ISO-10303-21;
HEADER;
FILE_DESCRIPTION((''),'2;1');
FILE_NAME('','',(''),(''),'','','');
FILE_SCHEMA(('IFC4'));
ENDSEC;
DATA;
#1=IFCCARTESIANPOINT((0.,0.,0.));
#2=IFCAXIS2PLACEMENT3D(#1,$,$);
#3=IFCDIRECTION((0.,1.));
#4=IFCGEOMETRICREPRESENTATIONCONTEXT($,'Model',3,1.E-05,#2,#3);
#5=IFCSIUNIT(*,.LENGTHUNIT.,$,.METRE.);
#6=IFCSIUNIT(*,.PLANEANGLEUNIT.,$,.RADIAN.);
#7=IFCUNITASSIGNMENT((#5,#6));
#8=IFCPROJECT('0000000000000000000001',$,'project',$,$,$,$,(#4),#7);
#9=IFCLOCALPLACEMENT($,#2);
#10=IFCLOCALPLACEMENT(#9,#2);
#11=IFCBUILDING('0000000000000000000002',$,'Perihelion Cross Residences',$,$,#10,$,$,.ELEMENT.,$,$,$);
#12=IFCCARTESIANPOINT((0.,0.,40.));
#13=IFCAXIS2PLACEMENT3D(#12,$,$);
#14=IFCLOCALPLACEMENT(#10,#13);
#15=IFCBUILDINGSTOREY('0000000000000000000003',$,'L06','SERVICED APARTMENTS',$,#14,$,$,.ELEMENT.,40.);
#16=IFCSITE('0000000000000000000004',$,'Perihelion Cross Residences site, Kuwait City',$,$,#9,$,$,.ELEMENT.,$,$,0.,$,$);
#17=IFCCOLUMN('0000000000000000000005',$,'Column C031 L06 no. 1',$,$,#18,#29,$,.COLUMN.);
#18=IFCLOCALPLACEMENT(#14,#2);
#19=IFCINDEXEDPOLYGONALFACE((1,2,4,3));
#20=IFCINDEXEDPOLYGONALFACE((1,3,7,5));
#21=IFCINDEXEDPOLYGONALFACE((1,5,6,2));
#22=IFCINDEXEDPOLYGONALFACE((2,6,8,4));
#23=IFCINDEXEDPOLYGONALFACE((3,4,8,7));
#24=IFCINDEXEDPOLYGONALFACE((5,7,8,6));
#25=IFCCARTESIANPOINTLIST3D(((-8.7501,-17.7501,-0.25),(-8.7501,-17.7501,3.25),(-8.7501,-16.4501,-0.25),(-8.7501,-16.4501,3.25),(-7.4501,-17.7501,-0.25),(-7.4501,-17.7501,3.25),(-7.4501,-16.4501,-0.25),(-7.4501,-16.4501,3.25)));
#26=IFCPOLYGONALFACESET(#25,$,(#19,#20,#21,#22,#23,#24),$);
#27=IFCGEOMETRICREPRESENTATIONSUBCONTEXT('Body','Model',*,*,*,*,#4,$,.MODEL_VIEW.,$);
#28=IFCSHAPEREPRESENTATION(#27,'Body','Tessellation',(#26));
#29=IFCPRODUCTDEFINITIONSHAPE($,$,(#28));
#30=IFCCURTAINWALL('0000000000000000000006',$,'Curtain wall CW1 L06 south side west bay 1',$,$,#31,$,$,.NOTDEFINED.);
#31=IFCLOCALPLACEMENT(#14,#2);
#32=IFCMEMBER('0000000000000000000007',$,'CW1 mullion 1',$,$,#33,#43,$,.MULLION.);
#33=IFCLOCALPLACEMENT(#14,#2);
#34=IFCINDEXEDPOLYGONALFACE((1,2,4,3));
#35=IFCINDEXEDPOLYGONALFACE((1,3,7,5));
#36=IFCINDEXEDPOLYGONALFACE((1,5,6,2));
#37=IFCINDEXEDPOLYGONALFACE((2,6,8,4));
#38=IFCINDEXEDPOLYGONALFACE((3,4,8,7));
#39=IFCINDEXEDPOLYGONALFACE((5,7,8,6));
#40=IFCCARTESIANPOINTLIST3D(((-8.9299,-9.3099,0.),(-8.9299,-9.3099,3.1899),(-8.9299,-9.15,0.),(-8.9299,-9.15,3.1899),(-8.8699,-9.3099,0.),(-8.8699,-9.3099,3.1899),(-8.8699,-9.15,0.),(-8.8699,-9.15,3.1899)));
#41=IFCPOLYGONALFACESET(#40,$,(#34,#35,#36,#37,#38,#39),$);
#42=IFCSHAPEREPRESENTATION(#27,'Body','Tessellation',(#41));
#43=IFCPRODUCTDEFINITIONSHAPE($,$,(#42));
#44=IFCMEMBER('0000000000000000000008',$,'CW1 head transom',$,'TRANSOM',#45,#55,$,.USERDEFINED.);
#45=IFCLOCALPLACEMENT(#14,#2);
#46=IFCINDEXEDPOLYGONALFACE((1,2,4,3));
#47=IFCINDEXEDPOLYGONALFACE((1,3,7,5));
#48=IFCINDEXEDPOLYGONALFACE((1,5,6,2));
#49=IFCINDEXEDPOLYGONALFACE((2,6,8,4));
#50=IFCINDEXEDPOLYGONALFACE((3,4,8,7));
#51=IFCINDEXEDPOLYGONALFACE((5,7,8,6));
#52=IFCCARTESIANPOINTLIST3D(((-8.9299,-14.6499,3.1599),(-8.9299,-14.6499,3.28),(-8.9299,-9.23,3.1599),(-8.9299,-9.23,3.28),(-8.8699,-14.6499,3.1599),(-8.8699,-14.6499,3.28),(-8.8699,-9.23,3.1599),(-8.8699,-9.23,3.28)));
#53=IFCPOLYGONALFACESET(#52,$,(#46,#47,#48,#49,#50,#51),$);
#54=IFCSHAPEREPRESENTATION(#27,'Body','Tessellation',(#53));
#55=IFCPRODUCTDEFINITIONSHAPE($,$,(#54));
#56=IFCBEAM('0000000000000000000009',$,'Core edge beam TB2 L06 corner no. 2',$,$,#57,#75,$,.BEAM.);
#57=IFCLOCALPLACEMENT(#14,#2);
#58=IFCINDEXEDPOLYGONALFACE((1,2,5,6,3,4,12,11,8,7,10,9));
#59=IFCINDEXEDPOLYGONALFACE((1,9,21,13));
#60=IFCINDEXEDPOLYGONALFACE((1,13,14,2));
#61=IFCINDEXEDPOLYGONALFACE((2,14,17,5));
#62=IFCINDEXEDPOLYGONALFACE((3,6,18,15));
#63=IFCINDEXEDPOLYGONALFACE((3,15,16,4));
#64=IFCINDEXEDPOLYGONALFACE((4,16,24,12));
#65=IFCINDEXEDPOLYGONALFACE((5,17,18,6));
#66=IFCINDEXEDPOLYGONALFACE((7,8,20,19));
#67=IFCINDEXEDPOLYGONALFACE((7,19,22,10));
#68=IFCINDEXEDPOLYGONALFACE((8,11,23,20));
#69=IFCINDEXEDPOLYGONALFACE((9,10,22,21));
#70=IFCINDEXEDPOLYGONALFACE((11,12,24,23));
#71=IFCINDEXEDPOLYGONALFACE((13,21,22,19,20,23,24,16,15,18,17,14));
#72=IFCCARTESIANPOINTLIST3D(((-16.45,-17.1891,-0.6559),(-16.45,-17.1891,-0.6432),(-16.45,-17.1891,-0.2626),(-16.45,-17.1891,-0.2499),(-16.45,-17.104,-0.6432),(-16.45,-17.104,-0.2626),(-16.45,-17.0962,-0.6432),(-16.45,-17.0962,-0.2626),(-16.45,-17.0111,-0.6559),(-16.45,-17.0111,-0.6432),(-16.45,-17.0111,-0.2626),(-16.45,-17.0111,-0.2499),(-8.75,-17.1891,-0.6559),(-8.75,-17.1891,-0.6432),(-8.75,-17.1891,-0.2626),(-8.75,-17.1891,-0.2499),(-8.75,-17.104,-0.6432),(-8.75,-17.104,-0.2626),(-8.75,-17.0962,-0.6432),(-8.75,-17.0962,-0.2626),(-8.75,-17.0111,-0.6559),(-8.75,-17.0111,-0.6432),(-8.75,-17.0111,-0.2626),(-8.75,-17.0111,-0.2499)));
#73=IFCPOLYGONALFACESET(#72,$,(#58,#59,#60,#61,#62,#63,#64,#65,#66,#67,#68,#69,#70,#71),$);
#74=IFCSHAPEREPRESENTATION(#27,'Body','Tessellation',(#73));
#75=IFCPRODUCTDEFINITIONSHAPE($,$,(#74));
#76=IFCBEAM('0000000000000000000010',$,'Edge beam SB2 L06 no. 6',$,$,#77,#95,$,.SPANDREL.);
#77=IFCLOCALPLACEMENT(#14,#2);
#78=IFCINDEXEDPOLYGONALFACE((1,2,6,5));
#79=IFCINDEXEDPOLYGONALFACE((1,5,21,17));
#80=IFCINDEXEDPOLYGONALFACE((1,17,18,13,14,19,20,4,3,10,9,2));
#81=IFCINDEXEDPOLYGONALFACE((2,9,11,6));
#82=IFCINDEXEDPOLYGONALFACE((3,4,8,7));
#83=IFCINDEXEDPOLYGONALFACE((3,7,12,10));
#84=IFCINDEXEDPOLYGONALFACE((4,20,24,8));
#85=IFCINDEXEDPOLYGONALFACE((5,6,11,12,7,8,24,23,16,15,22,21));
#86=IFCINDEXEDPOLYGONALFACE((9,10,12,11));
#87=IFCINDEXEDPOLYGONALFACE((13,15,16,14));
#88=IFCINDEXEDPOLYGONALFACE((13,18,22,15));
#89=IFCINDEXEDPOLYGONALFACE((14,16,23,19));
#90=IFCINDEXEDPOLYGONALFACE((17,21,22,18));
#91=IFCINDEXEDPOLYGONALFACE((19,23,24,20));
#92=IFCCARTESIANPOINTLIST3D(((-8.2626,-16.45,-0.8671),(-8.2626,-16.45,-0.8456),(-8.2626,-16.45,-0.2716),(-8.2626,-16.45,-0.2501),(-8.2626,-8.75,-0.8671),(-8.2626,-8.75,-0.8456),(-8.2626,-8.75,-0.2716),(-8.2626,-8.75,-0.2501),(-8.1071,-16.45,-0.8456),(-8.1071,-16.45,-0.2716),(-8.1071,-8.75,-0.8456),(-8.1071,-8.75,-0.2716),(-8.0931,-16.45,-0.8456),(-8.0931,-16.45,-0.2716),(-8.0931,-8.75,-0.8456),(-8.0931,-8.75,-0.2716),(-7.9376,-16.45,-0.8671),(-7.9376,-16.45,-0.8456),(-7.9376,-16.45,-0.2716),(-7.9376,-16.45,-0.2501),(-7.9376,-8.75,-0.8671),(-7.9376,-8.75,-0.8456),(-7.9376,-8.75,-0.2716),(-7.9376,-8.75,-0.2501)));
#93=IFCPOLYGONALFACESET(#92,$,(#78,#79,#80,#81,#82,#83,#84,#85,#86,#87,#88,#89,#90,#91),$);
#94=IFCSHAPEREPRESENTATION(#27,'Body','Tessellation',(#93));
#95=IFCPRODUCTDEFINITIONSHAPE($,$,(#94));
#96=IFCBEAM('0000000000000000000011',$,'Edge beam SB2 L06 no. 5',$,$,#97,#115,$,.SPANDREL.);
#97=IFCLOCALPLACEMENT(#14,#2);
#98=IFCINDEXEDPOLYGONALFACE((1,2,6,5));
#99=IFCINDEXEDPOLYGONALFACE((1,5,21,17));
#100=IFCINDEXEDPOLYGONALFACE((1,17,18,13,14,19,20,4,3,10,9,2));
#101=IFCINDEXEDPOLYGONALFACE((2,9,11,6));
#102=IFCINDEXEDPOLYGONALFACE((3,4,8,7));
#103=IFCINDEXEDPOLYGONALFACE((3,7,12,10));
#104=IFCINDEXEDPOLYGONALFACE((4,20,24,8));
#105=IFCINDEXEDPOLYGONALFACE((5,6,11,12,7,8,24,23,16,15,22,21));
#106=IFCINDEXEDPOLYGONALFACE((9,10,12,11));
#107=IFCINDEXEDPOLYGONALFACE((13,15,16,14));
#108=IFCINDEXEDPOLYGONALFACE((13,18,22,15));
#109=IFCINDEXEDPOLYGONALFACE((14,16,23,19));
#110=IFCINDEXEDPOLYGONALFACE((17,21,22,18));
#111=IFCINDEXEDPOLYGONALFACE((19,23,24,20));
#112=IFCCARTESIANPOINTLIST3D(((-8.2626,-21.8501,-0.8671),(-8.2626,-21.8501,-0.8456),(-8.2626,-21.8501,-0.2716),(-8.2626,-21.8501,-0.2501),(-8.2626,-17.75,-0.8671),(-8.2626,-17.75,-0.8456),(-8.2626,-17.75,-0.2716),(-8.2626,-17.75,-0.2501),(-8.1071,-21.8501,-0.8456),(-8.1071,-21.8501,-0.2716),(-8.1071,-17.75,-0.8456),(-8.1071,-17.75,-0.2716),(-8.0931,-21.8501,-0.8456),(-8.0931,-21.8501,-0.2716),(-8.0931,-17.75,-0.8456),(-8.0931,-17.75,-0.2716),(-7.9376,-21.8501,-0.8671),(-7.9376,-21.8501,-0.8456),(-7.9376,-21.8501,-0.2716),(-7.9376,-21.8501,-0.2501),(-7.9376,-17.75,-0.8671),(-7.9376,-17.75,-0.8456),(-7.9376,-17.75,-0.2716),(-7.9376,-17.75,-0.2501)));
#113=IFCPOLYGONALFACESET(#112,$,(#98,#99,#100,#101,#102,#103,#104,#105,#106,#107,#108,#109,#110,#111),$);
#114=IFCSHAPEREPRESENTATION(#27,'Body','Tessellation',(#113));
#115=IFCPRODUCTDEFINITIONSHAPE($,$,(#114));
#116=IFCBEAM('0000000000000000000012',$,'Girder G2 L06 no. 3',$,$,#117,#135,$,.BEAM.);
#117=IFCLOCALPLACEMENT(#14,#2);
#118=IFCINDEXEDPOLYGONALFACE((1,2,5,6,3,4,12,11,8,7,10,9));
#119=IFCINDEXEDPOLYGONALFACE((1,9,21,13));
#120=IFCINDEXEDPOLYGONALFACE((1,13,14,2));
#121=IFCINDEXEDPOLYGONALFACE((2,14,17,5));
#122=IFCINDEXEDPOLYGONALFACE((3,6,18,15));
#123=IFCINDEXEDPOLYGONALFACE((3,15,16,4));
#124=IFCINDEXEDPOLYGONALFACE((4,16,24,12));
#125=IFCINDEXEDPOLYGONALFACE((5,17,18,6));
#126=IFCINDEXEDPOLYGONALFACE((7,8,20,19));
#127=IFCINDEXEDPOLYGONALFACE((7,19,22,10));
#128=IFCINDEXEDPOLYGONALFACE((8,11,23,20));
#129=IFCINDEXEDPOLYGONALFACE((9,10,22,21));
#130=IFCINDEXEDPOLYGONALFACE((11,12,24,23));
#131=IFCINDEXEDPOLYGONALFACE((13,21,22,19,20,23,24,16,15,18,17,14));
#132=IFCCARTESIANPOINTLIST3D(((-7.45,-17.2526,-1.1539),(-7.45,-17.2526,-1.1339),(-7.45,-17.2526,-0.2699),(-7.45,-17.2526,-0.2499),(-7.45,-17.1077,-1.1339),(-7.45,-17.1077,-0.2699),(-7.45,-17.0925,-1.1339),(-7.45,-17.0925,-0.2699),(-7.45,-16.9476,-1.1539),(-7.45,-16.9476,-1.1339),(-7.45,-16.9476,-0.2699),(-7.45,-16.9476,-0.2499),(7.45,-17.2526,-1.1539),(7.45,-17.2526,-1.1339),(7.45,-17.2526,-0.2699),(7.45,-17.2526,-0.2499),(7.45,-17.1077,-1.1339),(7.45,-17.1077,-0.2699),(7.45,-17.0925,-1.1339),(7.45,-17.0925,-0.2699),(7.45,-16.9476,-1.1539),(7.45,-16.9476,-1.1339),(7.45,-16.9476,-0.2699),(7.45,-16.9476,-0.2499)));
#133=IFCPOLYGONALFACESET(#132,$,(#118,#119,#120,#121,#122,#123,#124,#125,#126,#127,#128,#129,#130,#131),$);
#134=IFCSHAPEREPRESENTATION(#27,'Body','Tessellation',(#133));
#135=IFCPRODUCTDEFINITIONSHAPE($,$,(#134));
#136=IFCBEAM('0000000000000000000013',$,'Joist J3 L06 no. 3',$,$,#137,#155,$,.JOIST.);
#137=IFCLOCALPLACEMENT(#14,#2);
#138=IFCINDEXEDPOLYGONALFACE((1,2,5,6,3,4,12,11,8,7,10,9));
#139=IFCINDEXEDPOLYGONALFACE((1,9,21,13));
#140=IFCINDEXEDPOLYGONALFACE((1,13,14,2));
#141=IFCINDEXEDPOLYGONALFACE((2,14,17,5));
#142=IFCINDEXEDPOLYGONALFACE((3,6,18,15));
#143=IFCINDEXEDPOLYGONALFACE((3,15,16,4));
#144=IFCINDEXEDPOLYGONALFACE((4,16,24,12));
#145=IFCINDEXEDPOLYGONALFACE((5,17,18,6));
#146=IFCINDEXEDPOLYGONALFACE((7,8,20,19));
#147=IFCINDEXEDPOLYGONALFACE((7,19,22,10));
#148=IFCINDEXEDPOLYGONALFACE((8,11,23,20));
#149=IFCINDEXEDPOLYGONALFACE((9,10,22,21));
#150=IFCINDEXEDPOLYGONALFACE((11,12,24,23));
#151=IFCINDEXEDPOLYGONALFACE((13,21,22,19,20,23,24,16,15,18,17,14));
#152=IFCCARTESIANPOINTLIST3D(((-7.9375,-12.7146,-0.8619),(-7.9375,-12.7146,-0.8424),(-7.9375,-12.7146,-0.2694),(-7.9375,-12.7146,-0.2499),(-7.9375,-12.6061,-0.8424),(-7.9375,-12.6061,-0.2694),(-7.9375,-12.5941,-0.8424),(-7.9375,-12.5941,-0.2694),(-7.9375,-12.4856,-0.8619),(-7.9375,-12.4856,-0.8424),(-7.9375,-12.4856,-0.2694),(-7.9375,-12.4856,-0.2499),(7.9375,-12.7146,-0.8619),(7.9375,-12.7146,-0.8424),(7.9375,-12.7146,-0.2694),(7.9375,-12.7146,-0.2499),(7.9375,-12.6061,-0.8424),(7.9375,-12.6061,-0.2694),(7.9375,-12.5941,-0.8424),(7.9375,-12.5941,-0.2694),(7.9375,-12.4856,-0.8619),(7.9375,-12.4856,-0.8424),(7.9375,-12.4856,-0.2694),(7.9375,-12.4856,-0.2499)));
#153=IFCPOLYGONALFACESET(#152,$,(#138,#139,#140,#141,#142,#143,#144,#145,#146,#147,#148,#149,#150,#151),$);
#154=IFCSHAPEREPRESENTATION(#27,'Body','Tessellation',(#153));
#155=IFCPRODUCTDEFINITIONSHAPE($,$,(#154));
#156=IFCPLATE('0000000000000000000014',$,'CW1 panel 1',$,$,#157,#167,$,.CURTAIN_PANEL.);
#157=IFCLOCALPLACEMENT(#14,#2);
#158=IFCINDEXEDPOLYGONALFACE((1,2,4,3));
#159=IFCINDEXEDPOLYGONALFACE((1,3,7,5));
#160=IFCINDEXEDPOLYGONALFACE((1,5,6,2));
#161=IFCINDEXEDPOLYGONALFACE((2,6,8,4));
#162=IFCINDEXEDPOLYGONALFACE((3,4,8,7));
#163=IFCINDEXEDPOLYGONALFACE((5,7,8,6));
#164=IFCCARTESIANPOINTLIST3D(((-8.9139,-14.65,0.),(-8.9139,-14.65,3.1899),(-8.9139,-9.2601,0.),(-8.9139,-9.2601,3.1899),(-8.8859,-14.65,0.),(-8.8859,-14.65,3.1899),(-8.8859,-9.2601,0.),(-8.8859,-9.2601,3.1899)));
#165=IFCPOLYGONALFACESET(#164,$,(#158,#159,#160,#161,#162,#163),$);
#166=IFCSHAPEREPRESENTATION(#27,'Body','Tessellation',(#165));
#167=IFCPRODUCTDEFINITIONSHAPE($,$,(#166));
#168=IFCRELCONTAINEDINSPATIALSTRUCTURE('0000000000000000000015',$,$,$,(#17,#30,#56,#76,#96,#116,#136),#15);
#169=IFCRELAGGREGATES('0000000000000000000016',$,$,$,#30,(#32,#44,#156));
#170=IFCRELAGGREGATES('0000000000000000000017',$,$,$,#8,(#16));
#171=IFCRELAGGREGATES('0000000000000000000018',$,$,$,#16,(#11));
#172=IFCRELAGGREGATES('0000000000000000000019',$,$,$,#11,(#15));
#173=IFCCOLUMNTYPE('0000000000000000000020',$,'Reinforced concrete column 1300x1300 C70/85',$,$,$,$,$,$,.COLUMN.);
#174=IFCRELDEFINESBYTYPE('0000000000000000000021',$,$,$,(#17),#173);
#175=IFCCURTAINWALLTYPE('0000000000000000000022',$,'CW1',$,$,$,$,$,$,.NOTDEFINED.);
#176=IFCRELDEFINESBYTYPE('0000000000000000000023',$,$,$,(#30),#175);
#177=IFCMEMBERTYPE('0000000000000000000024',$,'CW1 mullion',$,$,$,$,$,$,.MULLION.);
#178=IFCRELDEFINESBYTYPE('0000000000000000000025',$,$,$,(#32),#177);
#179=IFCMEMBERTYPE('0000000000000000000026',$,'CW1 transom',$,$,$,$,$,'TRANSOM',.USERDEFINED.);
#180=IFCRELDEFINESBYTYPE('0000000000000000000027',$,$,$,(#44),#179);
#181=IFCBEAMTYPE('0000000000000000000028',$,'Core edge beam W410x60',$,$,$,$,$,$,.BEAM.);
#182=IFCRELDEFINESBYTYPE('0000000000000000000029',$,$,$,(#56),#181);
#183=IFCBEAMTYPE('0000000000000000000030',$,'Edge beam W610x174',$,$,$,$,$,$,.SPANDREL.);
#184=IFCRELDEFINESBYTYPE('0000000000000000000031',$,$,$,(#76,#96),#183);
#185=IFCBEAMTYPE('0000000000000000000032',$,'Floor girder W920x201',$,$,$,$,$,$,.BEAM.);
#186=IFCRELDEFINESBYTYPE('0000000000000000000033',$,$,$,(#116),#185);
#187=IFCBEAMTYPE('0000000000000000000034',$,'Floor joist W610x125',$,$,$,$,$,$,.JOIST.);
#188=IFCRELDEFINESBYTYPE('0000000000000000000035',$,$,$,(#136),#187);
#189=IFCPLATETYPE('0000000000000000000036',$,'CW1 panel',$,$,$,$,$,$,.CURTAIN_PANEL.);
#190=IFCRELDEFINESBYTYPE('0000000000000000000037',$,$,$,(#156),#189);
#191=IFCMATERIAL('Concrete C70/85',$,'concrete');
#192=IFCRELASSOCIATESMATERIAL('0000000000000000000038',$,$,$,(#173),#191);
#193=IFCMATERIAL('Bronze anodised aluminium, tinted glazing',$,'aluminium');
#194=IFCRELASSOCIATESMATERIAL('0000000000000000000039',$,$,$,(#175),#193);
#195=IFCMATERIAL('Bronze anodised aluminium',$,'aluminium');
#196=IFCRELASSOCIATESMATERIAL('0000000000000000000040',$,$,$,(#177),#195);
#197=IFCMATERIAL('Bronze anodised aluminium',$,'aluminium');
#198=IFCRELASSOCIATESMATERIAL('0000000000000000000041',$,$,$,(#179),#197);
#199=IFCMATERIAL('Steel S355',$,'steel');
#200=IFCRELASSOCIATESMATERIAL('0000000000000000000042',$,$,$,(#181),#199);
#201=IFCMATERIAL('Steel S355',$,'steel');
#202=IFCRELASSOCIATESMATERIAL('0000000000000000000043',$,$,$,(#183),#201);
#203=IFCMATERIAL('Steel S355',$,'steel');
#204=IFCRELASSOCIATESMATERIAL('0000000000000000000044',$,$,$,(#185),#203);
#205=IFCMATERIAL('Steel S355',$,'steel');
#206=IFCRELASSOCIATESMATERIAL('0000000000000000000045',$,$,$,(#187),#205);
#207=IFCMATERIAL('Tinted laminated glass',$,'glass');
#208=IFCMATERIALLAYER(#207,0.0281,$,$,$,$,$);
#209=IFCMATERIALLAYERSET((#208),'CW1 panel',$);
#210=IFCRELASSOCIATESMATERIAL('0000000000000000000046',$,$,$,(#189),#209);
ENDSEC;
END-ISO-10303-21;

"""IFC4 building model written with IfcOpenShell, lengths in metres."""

from ifc_helpers import new_model, si_unit, direction, frame, origin, origin_2d, place, context, subcontext, project, spatial, rectangle, i_section, extrude, material, layer, layer_set, material_profile, profile_set, type_object, element, aggregate, save


model = new_model("IFC4")

# Units and contexts
model_context = context("Model", 3, precision=1e-05, world=origin(), true_north=direction((0.0, 1.0)))
body_context = subcontext(model_context, "Body", "Model", "MODEL_VIEW")
ifc_project = project(units=[si_unit("LENGTHUNIT", "METRE"), si_unit("PLANEANGLEUNIT", "RADIAN")], contexts=[model_context])

# Site, building, storey
site_placement = place(None, origin())
site = spatial("IfcSite", under=ifc_project, at=site_placement, Name="Perihelion Cross Residences site, Kuwait City", CompositionType="ELEMENT", RefElevation=0.0)
building_placement = place(site_placement, origin())
building = spatial("IfcBuilding", under=site, at=building_placement, Name="Perihelion Cross Residences", CompositionType="ELEMENT")
storey_placement = place(building_placement, frame((0.0, 0.0, 40.0)))
storey = spatial("IfcBuildingStorey", under=building, at=storey_placement, Name="L06", Description="SERVICED APARTMENTS", CompositionType="ELEMENT", Elevation=40.0)

# Column
ifc_material_1 = material(Name="Concrete C70/85", Category="concrete")
ifc_material_profile_1 = material_profile(ifc_material_1, rectangle(XDim=1.3, YDim=1.3, at=origin_2d()), Name="RC 1300x1300")
ifc_profile_set_1 = profile_set([ifc_material_profile_1], Name="Concrete C70/85")
column_type = type_object("IfcColumnType", Name="Reinforced concrete column 1300x1300 C70/85", PredefinedType="COLUMN", material=ifc_profile_set_1)
column_placement = place(storey_placement, frame((-8.1001, -17.1001, -0.25), z_axis=(0.0, 0.0, 1.0), x_axis=(1.0, 0.0, 0.0)))
element("IfcColumn", 1, at=column_placement, inside=storey, type_object=column_type, Name="Column C031 L06 no. 1", PredefinedType="COLUMN", context=body_context, shape_type="SweptSolid", body=[
    extrude(rectangle(XDim=1.3, YDim=1.3, at=origin_2d()), origin(), (0.0, 0.0, 1.0), 3.5),
])

# Curtain wall, members
ifc_material_2 = material(Name="Bronze anodised aluminium, tinted glazing", Category="aluminium")
curtain_wall_type = type_object("IfcCurtainWallType", Name="CW1", PredefinedType="NOTDEFINED", material=ifc_material_2)
curtain_wall_placement = place(storey_placement, origin())
curtain_wall = element("IfcCurtainWall", 2, at=curtain_wall_placement, inside=storey, type_object=curtain_wall_type, Name="Curtain wall CW1 L06 south side west bay 1", PredefinedType="NOTDEFINED")
ifc_material_3 = material(Name="Bronze anodised aluminium", Category="aluminium")
ifc_material_profile_2 = material_profile(ifc_material_3, rectangle(XDim=0.0601, YDim=0.1599, at=origin_2d()), Name="CW1 mullion")
ifc_profile_set_2 = profile_set([ifc_material_profile_2], Name="Bronze anodised aluminium")
member_type_1 = type_object("IfcMemberType", Name="CW1 mullion", PredefinedType="MULLION", material=ifc_profile_set_2)
member_1_placement = place(storey_placement, frame((-8.8999, -9.23, 0.0), z_axis=(0.0, 0.0, 1.0), x_axis=(1.0, 0.0, 0.0)))
member_1 = element("IfcMember", 3, at=member_1_placement, type_object=member_type_1, Name="CW1 mullion 1", PredefinedType="MULLION", context=body_context, shape_type="SweptSolid", body=[
    extrude(rectangle(XDim=0.0601, YDim=0.1599, at=origin_2d()), origin(), (0.0, 0.0, 1.0), 3.1899),
])
ifc_material_4 = material(Name="Bronze anodised aluminium", Category="aluminium")
ifc_material_profile_3 = material_profile(ifc_material_4, rectangle(XDim=0.0601, YDim=0.1201, at=origin_2d()), Name="CW1 transom")
ifc_profile_set_3 = profile_set([ifc_material_profile_3], Name="Bronze anodised aluminium")
member_type_2 = type_object("IfcMemberType", Name="CW1 transom", ElementType="TRANSOM", PredefinedType="USERDEFINED", material=ifc_profile_set_3)
member_2_placement = place(storey_placement, frame((-8.8999, -9.23, 3.22), z_axis=(0.0, -1.0, 0.0), x_axis=(1.0, 0.0, 0.0)))
member_2 = element("IfcMember", 4, at=member_2_placement, type_object=member_type_2, Name="CW1 head transom", ObjectType="TRANSOM", PredefinedType="USERDEFINED", context=body_context, shape_type="SweptSolid", body=[
    extrude(rectangle(XDim=0.0601, YDim=0.1201, at=origin_2d()), origin(), (0.0, 0.0, 1.0), 5.4199),
])

# Beams
ifc_material_5 = material(Name="Steel S355", Category="steel")
ifc_material_profile_4 = material_profile(ifc_material_5, i_section(OverallWidth=0.178, OverallDepth=0.406, WebThickness=0.0078, FlangeThickness=0.0127, at=origin_2d()), Name="W410x60")
ifc_profile_set_4 = profile_set([ifc_material_profile_4], Name="Steel S355")
beam_type_1 = type_object("IfcBeamType", Name="Core edge beam W410x60", PredefinedType="BEAM", material=ifc_profile_set_4)
beam_1_placement = place(storey_placement, frame((-8.75, -17.1001, -0.4529), z_axis=(-1.0, 0.0, 0.0), x_axis=(0.0, -1.0, 0.0)))
element("IfcBeam", 5, at=beam_1_placement, inside=storey, type_object=beam_type_1, Name="Core edge beam TB2 L06 corner no. 2", PredefinedType="BEAM", context=body_context, shape_type="SweptSolid", body=[
    extrude(i_section(OverallWidth=0.178, OverallDepth=0.406, WebThickness=0.0078, FlangeThickness=0.0127, at=origin_2d()), origin(), (0.0, 0.0, 1.0), 7.7),
])
ifc_material_6 = material(Name="Steel S355", Category="steel")
ifc_material_profile_5 = material_profile(ifc_material_6, i_section(OverallWidth=0.325, OverallDepth=0.6169, WebThickness=0.0139, FlangeThickness=0.0215, at=origin_2d()), Name="W610x174")
ifc_profile_set_5 = profile_set([ifc_material_profile_5], Name="Steel S355")
beam_type_2 = type_object("IfcBeamType", Name="Edge beam W610x174", PredefinedType="SPANDREL", material=ifc_profile_set_5)
beam_2_placement = place(storey_placement, frame((-8.1001, -8.75, -0.5586), z_axis=(0.0, -1.0, 0.0), x_axis=(1.0, 0.0, 0.0)))
element("IfcBeam", 6, at=beam_2_placement, inside=storey, type_object=beam_type_2, Name="Edge beam SB2 L06 no. 6", PredefinedType="SPANDREL", context=body_context, shape_type="SweptSolid", body=[
    extrude(i_section(OverallWidth=0.325, OverallDepth=0.6169, WebThickness=0.0139, FlangeThickness=0.0215, at=origin_2d()), origin(), (0.0, 0.0, 1.0), 7.7),
])
beam_3_placement = place(storey_placement, frame((-8.1001, -17.75, -0.5586), z_axis=(0.0, -1.0, 0.0), x_axis=(1.0, 0.0, 0.0)))
element("IfcBeam", 7, at=beam_3_placement, inside=storey, type_object=beam_type_2, Name="Edge beam SB2 L06 no. 5", PredefinedType="SPANDREL", context=body_context, shape_type="SweptSolid", body=[
    extrude(i_section(OverallWidth=0.325, OverallDepth=0.6169, WebThickness=0.0139, FlangeThickness=0.0215, at=origin_2d()), origin(), (0.0, 0.0, 1.0), 4.1001),
])
ifc_material_7 = material(Name="Steel S355", Category="steel")
ifc_material_profile_6 = material_profile(ifc_material_7, i_section(OverallWidth=0.3049, OverallDepth=0.9041, WebThickness=0.0151, FlangeThickness=0.02, at=origin_2d()), Name="W920x201")
ifc_profile_set_6 = profile_set([ifc_material_profile_6], Name="Steel S355")
beam_type_3 = type_object("IfcBeamType", Name="Floor girder W920x201", PredefinedType="BEAM", material=ifc_profile_set_6)
beam_4_placement = place(storey_placement, frame((-7.45, -17.1001, -0.7019), z_axis=(1.0, 0.0, 0.0), x_axis=(0.0, 1.0, 0.0)))
element("IfcBeam", 8, at=beam_4_placement, inside=storey, type_object=beam_type_3, Name="Girder G2 L06 no. 3", PredefinedType="BEAM", context=body_context, shape_type="SweptSolid", body=[
    extrude(i_section(OverallWidth=0.3049, OverallDepth=0.9041, WebThickness=0.0151, FlangeThickness=0.02, at=origin_2d()), origin(), (0.0, 0.0, 1.0), 14.8999),
])
ifc_material_8 = material(Name="Steel S355", Category="steel")
ifc_material_profile_7 = material_profile(ifc_material_8, i_section(OverallWidth=0.229, OverallDepth=0.6121, WebThickness=0.012, FlangeThickness=0.0195, at=origin_2d()), Name="W610x125")
ifc_profile_set_7 = profile_set([ifc_material_profile_7], Name="Steel S355")
beam_type_4 = type_object("IfcBeamType", Name="Floor joist W610x125", PredefinedType="JOIST", material=ifc_profile_set_7)
beam_5_placement = place(storey_placement, frame((-7.9375, -12.6001, -0.5559), z_axis=(1.0, 0.0, 0.0), x_axis=(0.0, 1.0, 0.0)))
element("IfcBeam", 9, at=beam_5_placement, inside=storey, type_object=beam_type_4, Name="Joist J3 L06 no. 3", PredefinedType="JOIST", context=body_context, shape_type="SweptSolid", body=[
    extrude(i_section(OverallWidth=0.229, OverallDepth=0.6121, WebThickness=0.012, FlangeThickness=0.0195, at=origin_2d()), origin(), (0.0, 0.0, 1.0), 15.875),
])

# Plate
ifc_material_9 = material(Name="Tinted laminated glass", Category="glass")
ifc_layer_1 = layer(ifc_material_9, 0.0281)
ifc_layer_set_1 = layer_set([ifc_layer_1], Name="CW1 panel")
plate_type = type_object("IfcPlateType", Name="CW1 panel", PredefinedType="CURTAIN_PANEL", material=ifc_layer_set_1)
plate_placement = place(storey_placement, frame((-8.8999, -11.9551, 0.0), z_axis=(0.0, 0.0, 1.0), x_axis=(0.0, -1.0, 0.0)))
plate = element("IfcPlate", 10, at=plate_placement, type_object=plate_type, Name="CW1 panel 1", PredefinedType="CURTAIN_PANEL", context=body_context, shape_type="SweptSolid", body=[
    extrude(rectangle(XDim=5.3899, YDim=0.0281, at=origin_2d()), origin(), (0.0, 0.0, 1.0), 3.1899),
])
aggregate(curtain_wall, [member_1, member_2, plate])

save(model, "model.ifc")
